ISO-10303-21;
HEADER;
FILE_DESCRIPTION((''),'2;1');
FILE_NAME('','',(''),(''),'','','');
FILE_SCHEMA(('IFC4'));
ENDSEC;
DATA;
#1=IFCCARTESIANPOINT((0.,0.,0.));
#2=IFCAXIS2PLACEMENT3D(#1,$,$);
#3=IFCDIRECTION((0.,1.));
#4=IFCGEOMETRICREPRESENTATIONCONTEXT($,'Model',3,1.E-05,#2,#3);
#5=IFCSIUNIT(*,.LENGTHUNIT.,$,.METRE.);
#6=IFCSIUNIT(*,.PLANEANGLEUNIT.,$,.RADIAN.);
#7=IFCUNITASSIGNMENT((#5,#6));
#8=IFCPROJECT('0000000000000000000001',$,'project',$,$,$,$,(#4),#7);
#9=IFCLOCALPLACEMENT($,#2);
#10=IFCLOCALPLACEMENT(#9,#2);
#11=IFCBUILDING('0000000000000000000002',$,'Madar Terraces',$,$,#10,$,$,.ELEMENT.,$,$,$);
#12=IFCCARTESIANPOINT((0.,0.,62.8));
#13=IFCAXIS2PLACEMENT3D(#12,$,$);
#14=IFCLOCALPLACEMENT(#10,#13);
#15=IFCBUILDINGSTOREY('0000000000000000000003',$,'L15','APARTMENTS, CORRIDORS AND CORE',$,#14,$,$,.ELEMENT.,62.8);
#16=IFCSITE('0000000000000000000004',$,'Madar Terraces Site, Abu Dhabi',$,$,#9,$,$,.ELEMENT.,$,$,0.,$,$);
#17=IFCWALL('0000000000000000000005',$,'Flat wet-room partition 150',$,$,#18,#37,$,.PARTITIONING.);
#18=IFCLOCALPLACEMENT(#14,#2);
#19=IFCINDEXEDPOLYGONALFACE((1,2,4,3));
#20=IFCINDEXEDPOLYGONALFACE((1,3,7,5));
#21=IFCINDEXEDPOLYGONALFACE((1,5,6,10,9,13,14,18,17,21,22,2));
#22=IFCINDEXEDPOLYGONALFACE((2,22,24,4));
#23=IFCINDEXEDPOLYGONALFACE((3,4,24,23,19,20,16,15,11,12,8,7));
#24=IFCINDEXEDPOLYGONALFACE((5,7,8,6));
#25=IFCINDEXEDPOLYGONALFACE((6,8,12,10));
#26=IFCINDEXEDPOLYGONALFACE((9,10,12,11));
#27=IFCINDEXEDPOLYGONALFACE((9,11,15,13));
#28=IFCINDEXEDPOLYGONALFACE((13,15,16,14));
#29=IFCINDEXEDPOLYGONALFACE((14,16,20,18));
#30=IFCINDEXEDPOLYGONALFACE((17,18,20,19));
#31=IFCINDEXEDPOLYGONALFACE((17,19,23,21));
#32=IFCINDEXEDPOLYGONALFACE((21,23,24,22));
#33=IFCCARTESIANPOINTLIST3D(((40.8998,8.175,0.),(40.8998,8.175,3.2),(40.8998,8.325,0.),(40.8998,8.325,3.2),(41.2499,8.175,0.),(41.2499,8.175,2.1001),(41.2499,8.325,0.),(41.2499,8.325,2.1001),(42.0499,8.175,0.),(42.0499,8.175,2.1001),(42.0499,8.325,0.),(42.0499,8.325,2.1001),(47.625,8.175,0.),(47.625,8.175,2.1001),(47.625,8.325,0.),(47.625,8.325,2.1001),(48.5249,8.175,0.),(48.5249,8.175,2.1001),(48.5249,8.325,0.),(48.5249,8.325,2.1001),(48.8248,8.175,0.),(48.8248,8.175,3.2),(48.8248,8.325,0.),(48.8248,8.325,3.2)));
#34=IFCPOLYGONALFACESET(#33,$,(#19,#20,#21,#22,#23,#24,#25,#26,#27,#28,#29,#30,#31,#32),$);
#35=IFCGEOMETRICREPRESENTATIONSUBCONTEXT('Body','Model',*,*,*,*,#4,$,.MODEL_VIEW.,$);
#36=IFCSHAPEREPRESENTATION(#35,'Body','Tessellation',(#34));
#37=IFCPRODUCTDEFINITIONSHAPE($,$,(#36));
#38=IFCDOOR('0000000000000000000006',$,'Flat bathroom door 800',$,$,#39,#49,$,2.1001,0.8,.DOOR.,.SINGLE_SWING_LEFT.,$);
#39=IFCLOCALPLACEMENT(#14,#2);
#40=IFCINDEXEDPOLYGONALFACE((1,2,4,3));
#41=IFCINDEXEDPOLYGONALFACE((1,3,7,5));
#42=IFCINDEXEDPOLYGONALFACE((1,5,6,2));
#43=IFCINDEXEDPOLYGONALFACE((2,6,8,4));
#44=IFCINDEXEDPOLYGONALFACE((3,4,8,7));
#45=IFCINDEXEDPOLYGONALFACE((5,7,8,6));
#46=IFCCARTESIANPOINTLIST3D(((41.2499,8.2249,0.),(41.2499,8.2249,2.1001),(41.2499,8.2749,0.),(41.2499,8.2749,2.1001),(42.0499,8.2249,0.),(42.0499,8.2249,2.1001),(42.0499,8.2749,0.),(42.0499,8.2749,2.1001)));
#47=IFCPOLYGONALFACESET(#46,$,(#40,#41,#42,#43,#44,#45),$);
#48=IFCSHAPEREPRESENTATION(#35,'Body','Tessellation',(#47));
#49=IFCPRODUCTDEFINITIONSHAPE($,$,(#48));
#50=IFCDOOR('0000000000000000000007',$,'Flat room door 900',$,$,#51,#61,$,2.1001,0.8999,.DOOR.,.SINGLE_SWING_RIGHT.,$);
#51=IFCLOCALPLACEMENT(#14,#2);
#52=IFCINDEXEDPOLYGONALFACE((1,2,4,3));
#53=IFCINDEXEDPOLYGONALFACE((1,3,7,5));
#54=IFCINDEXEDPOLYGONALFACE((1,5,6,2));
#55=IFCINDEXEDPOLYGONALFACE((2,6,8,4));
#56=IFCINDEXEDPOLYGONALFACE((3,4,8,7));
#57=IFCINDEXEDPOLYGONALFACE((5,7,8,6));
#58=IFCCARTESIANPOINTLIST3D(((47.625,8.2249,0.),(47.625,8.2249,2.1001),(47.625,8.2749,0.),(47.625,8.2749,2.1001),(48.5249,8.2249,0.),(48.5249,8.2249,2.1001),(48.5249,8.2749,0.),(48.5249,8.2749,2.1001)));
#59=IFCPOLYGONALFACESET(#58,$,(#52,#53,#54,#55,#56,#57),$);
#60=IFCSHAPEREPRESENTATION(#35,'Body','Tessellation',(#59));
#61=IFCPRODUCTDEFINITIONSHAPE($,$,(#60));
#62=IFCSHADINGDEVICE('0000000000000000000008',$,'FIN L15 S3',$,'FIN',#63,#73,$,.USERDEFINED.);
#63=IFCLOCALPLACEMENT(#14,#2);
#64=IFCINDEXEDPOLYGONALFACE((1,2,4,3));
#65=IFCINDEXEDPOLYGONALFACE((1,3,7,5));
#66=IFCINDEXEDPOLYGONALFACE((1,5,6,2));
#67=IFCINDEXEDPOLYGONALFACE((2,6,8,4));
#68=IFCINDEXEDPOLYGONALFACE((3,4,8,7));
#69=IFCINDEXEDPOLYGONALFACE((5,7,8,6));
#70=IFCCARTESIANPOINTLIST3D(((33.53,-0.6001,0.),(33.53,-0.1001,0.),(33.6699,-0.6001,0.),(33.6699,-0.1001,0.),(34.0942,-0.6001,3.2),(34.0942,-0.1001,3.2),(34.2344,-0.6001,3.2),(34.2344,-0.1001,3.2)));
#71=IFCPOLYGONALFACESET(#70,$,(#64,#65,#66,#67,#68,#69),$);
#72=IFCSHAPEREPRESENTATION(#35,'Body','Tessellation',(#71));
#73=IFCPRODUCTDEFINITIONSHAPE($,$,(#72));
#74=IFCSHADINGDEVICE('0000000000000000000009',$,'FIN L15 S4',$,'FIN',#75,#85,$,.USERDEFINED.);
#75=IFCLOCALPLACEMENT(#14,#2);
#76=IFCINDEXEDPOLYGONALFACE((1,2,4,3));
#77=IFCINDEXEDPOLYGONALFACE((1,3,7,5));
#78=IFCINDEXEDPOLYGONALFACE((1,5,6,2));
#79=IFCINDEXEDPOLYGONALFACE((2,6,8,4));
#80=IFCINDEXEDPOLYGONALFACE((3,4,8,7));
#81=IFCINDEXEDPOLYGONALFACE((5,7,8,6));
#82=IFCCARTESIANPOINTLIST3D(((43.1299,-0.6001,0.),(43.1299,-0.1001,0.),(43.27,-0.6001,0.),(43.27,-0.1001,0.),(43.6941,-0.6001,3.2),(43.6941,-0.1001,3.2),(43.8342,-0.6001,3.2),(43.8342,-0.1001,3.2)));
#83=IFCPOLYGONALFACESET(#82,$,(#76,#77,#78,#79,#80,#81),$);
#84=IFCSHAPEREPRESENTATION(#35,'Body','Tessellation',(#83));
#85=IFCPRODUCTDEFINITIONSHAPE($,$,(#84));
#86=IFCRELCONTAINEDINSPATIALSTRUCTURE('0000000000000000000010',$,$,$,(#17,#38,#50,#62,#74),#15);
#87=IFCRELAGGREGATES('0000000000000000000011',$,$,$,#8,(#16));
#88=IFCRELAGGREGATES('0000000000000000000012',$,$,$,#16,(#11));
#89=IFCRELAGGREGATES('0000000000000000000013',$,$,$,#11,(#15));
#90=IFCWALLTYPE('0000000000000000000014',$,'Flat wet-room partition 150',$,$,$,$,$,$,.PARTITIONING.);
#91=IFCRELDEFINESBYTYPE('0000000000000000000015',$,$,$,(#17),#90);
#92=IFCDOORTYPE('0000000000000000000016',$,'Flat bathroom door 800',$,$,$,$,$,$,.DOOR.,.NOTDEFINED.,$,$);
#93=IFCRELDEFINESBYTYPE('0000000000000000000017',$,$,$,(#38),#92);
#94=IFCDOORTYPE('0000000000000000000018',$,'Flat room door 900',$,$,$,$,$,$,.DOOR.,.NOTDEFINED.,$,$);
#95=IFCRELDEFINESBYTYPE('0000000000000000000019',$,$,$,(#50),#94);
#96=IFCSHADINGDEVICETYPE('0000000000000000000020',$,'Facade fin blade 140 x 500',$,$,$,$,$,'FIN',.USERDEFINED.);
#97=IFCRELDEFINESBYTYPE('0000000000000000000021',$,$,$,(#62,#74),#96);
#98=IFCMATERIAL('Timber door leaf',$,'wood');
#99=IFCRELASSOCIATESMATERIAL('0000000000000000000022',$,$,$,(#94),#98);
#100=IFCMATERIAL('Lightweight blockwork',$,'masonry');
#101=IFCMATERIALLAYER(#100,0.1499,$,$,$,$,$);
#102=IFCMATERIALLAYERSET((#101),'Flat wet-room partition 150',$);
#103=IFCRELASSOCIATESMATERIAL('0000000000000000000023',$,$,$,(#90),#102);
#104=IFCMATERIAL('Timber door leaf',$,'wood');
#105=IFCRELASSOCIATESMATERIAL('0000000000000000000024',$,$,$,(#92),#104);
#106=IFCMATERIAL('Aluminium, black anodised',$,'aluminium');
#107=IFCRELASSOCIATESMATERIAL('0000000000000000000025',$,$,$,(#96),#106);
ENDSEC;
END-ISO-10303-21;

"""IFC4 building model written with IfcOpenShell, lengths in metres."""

from ifc_helpers import new_model, si_unit, direction, frame, frame_2d, origin, place, context, subcontext, project, spatial, polyline, rectangle, outline, extrude, material, layer, layer_set, type_object, element, fill, save


model = new_model("IFC4")

# Units and contexts
model_context = context("Model", 3, precision=1e-05, world=origin(), true_north=direction((0.0, 1.0)))
body_context = subcontext(model_context, "Body", "Model", "MODEL_VIEW")
ifc_project = project(units=[si_unit("LENGTHUNIT", "METRE"), si_unit("PLANEANGLEUNIT", "RADIAN")], contexts=[model_context])

# Site, building, storey
site_placement = place(None, origin())
site = spatial("IfcSite", under=ifc_project, at=site_placement, Name="Madar Terraces Site, Abu Dhabi", CompositionType="ELEMENT", RefElevation=0.0)
building_placement = place(site_placement, origin())
building = spatial("IfcBuilding", under=site, at=building_placement, Name="Madar Terraces", CompositionType="ELEMENT")
storey_placement = place(building_placement, frame((0.0, 0.0, 62.8)))
storey = spatial("IfcBuildingStorey", under=building, at=storey_placement, Name="L15", Description="APARTMENTS, CORRIDORS AND CORE", CompositionType="ELEMENT", Elevation=62.8)

# Shared definitions
ifc_material_1 = material(Name="Timber door leaf", Category="wood")
door_type_1 = type_object("IfcDoorType", Name="Flat room door 900", OperationType="NOTDEFINED", PredefinedType="DOOR", material=ifc_material_1)

# Shared definitions
ifc_material_2 = material(Name="Lightweight blockwork", Category="masonry")
ifc_layer_1 = layer(ifc_material_2, 0.1499)
ifc_layer_set_1 = layer_set([ifc_layer_1], Name="Flat wet-room partition 150")
wall_type_1 = type_object("IfcWallType", Name="Flat wet-room partition 150", PredefinedType="PARTITIONING", material=ifc_layer_set_1)

# Wall, openings, doors
wall_1_placement = place(storey_placement, frame((40.8999, 8.25, 0.0), z_axis=(0.0, 0.0, 1.0), x_axis=(1.0, 0.0, 0.0)))
wall_1 = element("IfcWall", 1, at=wall_1_placement, inside=storey, type_object=wall_type_1, Name="Flat wet-room partition 150", PredefinedType="PARTITIONING", context=body_context, shape_type="SweptSolid", body=[
    extrude(rectangle(XDim=7.925, YDim=0.1499, at=frame_2d((3.9624, 0.0))), origin(), (0.0, 0.0, 1.0), 3.2),
])
opening_1_placement = place(wall_1_placement, frame((6.7251, 0.0, 0.0)))
opening_1 = element("IfcOpeningElement", 2, at=opening_1_placement, cuts=wall_1, PredefinedType="OPENING", context=body_context, shape_type="SweptSolid", body=[
    extrude(rectangle(XDim=0.8999, YDim=2.1001, at=frame_2d((0.45, 1.05))), frame((0.0, 0.085, 0.0), z_axis=(0.0, -1.0, 0.0), x_axis=(1.0, 0.0, 0.0)), (0.0, 0.0, 1.0), 0.1699),
])
opening_2_placement = place(wall_1_placement, frame((0.3501, 0.0, 0.0)))
opening_2 = element("IfcOpeningElement", 3, at=opening_2_placement, cuts=wall_1, PredefinedType="OPENING", context=body_context, shape_type="SweptSolid", body=[
    extrude(rectangle(XDim=0.8, YDim=2.1001, at=frame_2d((0.3999, 1.05))), frame((0.0, 0.085, 0.0), z_axis=(0.0, -1.0, 0.0), x_axis=(1.0, 0.0, 0.0)), (0.0, 0.0, 1.0), 0.1699),
])
ifc_material_3 = material(Name="Timber door leaf", Category="wood")
door_type_2 = type_object("IfcDoorType", Name="Flat bathroom door 800", OperationType="NOTDEFINED", PredefinedType="DOOR", material=ifc_material_3)
door_1_placement = place(opening_2_placement, origin())
door_1 = element("IfcDoor", 4, at=door_1_placement, inside=storey, type_object=door_type_2, Name="Flat bathroom door 800", OperationType="SINGLE_SWING_LEFT", OverallHeight=2.1001, OverallWidth=0.8, PredefinedType="DOOR", context=body_context, shape_type="SweptSolid", body=[
    extrude(rectangle(XDim=0.8, YDim=2.1001, at=frame_2d((0.3999, 1.05))), frame((0.0, 0.0249, 0.0), z_axis=(0.0, -1.0, 0.0), x_axis=(1.0, 0.0, 0.0)), (0.0, 0.0, 1.0), 0.05),
])
fill(opening_2, door_1)
door_2_placement = place(opening_1_placement, origin())
door_2 = element("IfcDoor", 5, at=door_2_placement, inside=storey, type_object=door_type_1, Name="Flat room door 900", OperationType="SINGLE_SWING_RIGHT", OverallHeight=2.1001, OverallWidth=0.8999, PredefinedType="DOOR", context=body_context, shape_type="SweptSolid", body=[
    extrude(rectangle(XDim=0.8999, YDim=2.1001, at=frame_2d((0.45, 1.05))), frame((0.0, 0.0249, 0.0), z_axis=(0.0, -1.0, 0.0), x_axis=(1.0, 0.0, 0.0)), (0.0, 0.0, 1.0), 0.05),
])
fill(opening_1, door_2)

# Shading devices
ifc_material_4 = material(Name="Aluminium, black anodised", Category="aluminium")
shading_device_type = type_object("IfcShadingDeviceType", Name="Facade fin blade 140 x 500", ElementType="FIN", PredefinedType="USERDEFINED", material=ifc_material_4)
shading_device_1_placement = place(storey_placement, frame((33.53, -0.3501, 0.0), z_axis=(0.0, 0.0, 1.0), x_axis=(1.0, 0.0, 0.0)))
element("IfcShadingDevice", 6, at=shading_device_1_placement, inside=storey, type_object=shading_device_type, Name="FIN L15 S3", ObjectType="FIN", PredefinedType="USERDEFINED", context=body_context, shape_type="SweptSolid", body=[
    extrude(outline(polyline([(0.0, 0.0), (0.1399, 0.0), (0.7043, 3.2), (0.5642, 3.2), (0.0, 0.0)])), frame((0.0, 0.25, 0.0), z_axis=(0.0, -1.0, 0.0), x_axis=(1.0, 0.0, 0.0)), (0.0, 0.0, 1.0), 0.5),
])
shading_device_2_placement = place(storey_placement, frame((43.1299, -0.3501, 0.0), z_axis=(0.0, 0.0, 1.0), x_axis=(1.0, 0.0, 0.0)))
element("IfcShadingDevice", 7, at=shading_device_2_placement, inside=storey, type_object=shading_device_type, Name="FIN L15 S4", ObjectType="FIN", PredefinedType="USERDEFINED", context=body_context, shape_type="SweptSolid", body=[
    extrude(outline(polyline([(0.0, 0.0), (0.1401, 0.0), (0.7043, 3.2), (0.5642, 3.2), (0.0, 0.0)])), frame((0.0, 0.25, 0.0), z_axis=(0.0, -1.0, 0.0), x_axis=(1.0, 0.0, 0.0)), (0.0, 0.0, 1.0), 0.5),
])

save(model, "model.ifc")
